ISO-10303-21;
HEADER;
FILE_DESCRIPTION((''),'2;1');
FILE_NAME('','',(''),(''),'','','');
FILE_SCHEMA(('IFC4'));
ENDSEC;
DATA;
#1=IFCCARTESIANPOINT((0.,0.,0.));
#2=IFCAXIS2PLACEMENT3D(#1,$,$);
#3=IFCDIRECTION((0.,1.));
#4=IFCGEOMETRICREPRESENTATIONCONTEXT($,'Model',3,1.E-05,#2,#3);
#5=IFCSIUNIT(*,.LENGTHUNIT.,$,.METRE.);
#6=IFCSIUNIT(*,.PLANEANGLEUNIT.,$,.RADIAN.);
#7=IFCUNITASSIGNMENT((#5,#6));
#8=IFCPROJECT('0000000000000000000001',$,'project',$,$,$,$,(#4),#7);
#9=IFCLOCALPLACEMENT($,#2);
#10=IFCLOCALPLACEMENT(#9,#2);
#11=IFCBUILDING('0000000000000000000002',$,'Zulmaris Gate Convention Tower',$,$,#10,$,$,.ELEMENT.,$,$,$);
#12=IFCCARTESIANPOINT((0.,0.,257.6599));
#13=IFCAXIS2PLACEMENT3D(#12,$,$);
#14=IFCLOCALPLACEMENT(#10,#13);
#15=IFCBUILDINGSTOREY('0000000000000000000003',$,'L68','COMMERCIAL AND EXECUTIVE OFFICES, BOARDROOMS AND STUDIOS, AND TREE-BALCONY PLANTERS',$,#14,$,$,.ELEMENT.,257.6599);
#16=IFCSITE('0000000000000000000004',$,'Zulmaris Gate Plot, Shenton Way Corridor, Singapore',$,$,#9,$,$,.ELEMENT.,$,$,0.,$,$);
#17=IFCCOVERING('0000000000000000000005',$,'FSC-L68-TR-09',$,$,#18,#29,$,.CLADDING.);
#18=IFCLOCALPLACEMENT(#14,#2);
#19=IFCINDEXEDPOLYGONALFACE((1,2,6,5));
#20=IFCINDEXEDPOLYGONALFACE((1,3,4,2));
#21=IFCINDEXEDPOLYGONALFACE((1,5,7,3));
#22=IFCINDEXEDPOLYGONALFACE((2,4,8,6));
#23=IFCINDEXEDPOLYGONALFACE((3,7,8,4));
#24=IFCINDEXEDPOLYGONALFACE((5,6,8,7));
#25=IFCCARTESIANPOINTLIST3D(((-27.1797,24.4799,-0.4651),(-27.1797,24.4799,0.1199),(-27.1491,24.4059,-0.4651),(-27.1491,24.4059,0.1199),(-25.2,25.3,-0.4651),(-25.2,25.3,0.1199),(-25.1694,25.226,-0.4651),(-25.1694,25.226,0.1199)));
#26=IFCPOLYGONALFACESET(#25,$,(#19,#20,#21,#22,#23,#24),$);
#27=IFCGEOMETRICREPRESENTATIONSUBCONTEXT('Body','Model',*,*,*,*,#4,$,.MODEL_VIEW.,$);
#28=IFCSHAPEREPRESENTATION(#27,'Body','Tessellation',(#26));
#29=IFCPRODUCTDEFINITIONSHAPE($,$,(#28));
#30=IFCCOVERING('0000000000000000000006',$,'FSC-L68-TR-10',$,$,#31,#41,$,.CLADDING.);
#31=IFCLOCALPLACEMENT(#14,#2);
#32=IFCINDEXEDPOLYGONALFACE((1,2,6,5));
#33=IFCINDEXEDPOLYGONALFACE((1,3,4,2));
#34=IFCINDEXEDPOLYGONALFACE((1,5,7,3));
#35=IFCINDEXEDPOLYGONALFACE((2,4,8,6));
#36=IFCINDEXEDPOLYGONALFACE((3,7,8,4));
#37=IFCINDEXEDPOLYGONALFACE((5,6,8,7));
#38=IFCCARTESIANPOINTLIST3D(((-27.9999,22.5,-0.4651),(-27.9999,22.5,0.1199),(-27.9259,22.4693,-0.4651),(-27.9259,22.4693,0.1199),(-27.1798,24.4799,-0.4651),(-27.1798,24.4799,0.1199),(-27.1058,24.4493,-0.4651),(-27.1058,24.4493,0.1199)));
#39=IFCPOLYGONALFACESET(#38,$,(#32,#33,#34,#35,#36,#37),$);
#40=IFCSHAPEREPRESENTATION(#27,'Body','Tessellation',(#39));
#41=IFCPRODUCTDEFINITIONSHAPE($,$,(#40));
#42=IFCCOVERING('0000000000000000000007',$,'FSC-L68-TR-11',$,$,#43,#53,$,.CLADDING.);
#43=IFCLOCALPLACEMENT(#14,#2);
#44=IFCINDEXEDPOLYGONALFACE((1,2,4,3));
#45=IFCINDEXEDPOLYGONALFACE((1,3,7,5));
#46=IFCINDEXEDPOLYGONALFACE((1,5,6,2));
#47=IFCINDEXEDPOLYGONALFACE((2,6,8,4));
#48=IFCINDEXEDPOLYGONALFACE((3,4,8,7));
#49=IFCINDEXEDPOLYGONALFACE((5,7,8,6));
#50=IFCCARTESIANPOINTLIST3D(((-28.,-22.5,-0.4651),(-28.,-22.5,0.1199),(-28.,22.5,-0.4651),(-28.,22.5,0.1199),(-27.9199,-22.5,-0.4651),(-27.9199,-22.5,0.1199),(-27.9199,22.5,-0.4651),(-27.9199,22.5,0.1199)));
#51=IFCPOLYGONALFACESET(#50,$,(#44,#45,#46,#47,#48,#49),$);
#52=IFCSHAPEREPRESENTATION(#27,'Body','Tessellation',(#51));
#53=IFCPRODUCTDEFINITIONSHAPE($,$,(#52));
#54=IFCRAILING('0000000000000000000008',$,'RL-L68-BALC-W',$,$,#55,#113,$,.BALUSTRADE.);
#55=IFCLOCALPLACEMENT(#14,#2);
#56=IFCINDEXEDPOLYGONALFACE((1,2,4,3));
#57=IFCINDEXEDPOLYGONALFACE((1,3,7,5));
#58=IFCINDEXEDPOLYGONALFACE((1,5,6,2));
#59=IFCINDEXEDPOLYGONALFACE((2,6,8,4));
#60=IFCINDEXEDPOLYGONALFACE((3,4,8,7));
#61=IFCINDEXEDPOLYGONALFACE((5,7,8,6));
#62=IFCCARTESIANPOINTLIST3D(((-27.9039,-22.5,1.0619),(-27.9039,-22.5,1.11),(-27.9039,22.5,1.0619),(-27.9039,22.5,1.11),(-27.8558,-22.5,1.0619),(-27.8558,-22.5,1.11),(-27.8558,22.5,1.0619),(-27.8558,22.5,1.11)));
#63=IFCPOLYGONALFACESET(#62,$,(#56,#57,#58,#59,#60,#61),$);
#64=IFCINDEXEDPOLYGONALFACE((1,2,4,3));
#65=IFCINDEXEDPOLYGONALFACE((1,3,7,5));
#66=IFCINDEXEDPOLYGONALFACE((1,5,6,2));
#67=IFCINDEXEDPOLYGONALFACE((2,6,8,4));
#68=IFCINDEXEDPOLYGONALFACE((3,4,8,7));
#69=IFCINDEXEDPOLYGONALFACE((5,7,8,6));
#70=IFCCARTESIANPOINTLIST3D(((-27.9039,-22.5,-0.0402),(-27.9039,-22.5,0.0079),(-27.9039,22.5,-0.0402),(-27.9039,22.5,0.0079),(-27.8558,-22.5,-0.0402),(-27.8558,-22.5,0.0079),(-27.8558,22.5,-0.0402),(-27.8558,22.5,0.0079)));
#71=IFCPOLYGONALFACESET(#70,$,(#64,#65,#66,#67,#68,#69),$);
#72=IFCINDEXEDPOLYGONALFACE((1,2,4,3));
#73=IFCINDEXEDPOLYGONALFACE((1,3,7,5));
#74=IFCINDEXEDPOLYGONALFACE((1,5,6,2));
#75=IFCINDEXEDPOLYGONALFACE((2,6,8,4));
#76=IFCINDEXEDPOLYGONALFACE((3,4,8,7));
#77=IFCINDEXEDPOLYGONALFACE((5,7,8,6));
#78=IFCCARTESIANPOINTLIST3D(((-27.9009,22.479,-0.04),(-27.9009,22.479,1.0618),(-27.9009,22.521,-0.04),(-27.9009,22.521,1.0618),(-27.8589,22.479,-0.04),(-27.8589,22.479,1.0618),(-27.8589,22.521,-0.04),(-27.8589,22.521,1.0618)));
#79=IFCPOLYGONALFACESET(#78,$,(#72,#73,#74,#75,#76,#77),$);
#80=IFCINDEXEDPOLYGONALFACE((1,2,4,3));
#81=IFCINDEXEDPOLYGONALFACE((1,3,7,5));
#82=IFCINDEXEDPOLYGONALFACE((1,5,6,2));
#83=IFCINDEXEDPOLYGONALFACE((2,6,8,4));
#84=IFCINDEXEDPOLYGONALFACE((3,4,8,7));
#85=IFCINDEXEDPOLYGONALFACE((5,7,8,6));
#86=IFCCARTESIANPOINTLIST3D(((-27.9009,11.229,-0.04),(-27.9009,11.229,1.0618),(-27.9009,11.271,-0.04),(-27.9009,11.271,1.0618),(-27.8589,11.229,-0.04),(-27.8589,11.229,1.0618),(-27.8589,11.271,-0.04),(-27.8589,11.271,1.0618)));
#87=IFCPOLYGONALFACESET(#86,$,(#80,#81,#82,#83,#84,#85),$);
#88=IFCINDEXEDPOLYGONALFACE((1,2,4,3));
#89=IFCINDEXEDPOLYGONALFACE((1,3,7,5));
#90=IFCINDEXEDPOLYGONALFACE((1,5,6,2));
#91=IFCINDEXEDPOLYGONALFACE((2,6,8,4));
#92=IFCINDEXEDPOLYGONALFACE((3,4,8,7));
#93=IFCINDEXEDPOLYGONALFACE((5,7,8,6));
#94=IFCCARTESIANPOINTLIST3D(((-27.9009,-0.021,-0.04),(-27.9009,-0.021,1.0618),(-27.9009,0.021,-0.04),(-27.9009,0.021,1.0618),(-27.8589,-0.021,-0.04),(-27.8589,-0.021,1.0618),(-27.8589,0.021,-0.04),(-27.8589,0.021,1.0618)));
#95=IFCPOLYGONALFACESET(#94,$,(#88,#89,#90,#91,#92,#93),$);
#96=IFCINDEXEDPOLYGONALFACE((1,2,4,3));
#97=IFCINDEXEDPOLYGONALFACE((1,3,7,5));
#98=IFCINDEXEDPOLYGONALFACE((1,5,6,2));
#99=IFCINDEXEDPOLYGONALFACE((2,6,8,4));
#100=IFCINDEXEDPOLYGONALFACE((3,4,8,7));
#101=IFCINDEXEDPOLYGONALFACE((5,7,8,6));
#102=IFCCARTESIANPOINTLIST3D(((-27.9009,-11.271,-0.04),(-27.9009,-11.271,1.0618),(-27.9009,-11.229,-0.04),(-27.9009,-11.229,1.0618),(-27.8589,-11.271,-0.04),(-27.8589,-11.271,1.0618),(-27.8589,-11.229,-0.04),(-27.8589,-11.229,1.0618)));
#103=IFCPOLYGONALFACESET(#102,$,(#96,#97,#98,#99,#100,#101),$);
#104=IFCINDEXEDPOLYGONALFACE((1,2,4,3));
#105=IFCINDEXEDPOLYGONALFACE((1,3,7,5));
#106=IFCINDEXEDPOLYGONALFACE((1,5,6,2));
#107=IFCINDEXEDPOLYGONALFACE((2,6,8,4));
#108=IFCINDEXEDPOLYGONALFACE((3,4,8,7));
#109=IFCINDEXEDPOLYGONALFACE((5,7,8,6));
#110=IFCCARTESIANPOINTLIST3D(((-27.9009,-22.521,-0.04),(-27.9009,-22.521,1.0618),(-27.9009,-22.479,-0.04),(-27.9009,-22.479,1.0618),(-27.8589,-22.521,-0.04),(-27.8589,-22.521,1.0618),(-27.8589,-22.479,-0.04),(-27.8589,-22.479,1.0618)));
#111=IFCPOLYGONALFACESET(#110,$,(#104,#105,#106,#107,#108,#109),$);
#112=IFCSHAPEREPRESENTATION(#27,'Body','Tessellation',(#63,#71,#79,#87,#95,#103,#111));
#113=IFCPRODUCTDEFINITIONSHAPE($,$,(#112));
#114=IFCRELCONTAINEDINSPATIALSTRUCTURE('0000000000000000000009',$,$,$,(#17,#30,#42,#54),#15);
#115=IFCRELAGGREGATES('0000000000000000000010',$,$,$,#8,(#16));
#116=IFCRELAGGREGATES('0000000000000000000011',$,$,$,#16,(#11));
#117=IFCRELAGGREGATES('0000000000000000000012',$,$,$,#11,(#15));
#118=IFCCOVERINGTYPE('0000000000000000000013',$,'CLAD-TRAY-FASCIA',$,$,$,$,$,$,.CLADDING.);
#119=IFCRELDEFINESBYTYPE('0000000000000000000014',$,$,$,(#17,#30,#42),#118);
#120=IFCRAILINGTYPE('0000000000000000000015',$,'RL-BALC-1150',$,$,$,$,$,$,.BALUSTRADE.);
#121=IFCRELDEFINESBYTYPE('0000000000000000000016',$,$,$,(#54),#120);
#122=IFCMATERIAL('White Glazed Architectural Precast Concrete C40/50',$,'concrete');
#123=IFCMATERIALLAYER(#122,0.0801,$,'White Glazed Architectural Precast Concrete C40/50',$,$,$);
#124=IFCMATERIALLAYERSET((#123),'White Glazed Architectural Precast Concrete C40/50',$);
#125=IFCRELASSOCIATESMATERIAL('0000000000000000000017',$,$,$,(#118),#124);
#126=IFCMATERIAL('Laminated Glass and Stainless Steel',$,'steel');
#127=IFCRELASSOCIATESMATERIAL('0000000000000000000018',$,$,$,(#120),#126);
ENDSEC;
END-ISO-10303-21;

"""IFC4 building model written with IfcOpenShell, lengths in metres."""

from ifc_helpers import new_model, si_unit, direction, frame, frame_2d, origin, origin_2d, place, context, subcontext, project, spatial, rectangle, extrude, material, layer, layer_set, type_object, element, save


model = new_model("IFC4")

# Units and contexts
model_context = context("Model", 3, precision=1e-05, world=origin(), true_north=direction((0.0, 1.0)))
body_context = subcontext(model_context, "Body", "Model", "MODEL_VIEW")
ifc_project = project(units=[si_unit("LENGTHUNIT", "METRE"), si_unit("PLANEANGLEUNIT", "RADIAN")], contexts=[model_context])

# Site, building, storey
site_placement = place(None, origin())
site = spatial("IfcSite", under=ifc_project, at=site_placement, Name="Zulmaris Gate Plot, Shenton Way Corridor, Singapore", CompositionType="ELEMENT", RefElevation=0.0)
building_placement = place(site_placement, origin())
building = spatial("IfcBuilding", under=site, at=building_placement, Name="Zulmaris Gate Convention Tower", CompositionType="ELEMENT")
storey_placement = place(building_placement, frame((0.0, 0.0, 257.6599)))
storey = spatial("IfcBuildingStorey", under=building, at=storey_placement, Name="L68", Description="COMMERCIAL AND EXECUTIVE OFFICES, BOARDROOMS AND STUDIOS, AND TREE-BALCONY PLANTERS", CompositionType="ELEMENT", Elevation=257.6599)

# Coverings
ifc_material_1 = material(Name="White Glazed Architectural Precast Concrete C40/50", Category="concrete")
ifc_layer_1 = layer(ifc_material_1, 0.0801, Name="White Glazed Architectural Precast Concrete C40/50")
ifc_layer_set_1 = layer_set([ifc_layer_1], Name="White Glazed Architectural Precast Concrete C40/50")
covering_type_1 = type_object("IfcCoveringType", Name="CLAD-TRAY-FASCIA", PredefinedType="CLADDING", material=ifc_layer_set_1)
covering_1_placement = place(storey_placement, frame((-25.1848, 25.2629, -0.4651), z_axis=(0.0, 0.0, 1.0), x_axis=(-0.923874, -0.382697, 0.0)))
element("IfcCovering", 1, at=covering_1_placement, inside=storey, type_object=covering_type_1, Name="FSC-L68-TR-09", PredefinedType="CLADDING", context=body_context, shape_type="SweptSolid", body=[
    extrude(rectangle(XDim=2.1428, YDim=0.0801, at=frame_2d((1.0713, 0.0))), origin(), (0.0, 0.0, 1.0), 0.585),
])
covering_2_placement = place(storey_placement, frame((-27.1428, 24.4646, -0.4651), z_axis=(0.0, 0.0, 1.0), x_axis=(-0.382657, -0.92389, 0.0)))
element("IfcCovering", 2, at=covering_2_placement, inside=storey, type_object=covering_type_1, Name="FSC-L68-TR-10", PredefinedType="CLADDING", context=body_context, shape_type="SweptSolid", body=[
    extrude(rectangle(XDim=2.1431, YDim=0.0801, at=frame_2d((1.0715, 0.0))), origin(), (0.0, 0.0, 1.0), 0.585),
])
covering_3_placement = place(storey_placement, frame((-27.96, 22.5, -0.4651), z_axis=(0.0, 0.0, 1.0), x_axis=(0.0, -1.0, 0.0)))
element("IfcCovering", 3, at=covering_3_placement, inside=storey, type_object=covering_type_1, Name="FSC-L68-TR-11", PredefinedType="CLADDING", context=body_context, shape_type="SweptSolid", body=[
    extrude(rectangle(XDim=45.0, YDim=0.0801, at=frame_2d((22.5, 0.0))), origin(), (0.0, 0.0, 1.0), 0.585),
])

# Railing
ifc_material_2 = material(Name="Laminated Glass and Stainless Steel", Category="steel")
railing_type = type_object("IfcRailingType", Name="RL-BALC-1150", PredefinedType="BALUSTRADE", material=ifc_material_2)
railing_placement = place(storey_placement, frame((-27.8799, 22.5, -0.04)))
element("IfcRailing", 4, at=railing_placement, inside=storey, type_object=railing_type, Name="RL-L68-BALC-W", PredefinedType="BALUSTRADE", context=body_context, shape_type="SweptSolid", body=[
    extrude(rectangle(XDim=0.0481, YDim=0.0481, at=origin_2d()), frame((0.0, 0.0, 1.126), z_axis=(0.0, -1.0, 0.0), x_axis=(1.0, 0.0, 0.0)), (0.0, 0.0, 1.0), 45.0),
    extrude(rectangle(XDim=0.0481, YDim=0.0481, at=origin_2d()), frame((0.0, 0.0, 0.0239), z_axis=(0.0, -1.0, 0.0), x_axis=(1.0, 0.0, 0.0)), (0.0, 0.0, 1.0), 45.0),
    extrude(rectangle(XDim=0.042, YDim=0.042, at=origin_2d()), origin(), (0.0, 0.0, 1.0), 1.1018),
    extrude(rectangle(XDim=0.042, YDim=0.042, at=origin_2d()), frame((0.0, -11.25, 0.0)), (0.0, 0.0, 1.0), 1.1018),
    extrude(rectangle(XDim=0.042, YDim=0.042, at=origin_2d()), frame((0.0, -22.5, 0.0)), (0.0, 0.0, 1.0), 1.1018),
    extrude(rectangle(XDim=0.042, YDim=0.042, at=origin_2d()), frame((0.0, -33.75, 0.0)), (0.0, 0.0, 1.0), 1.1018),
    extrude(rectangle(XDim=0.042, YDim=0.042, at=origin_2d()), frame((0.0, -45.0, 0.0)), (0.0, 0.0, 1.0), 1.1018),
])

save(model, "model.ifc")
